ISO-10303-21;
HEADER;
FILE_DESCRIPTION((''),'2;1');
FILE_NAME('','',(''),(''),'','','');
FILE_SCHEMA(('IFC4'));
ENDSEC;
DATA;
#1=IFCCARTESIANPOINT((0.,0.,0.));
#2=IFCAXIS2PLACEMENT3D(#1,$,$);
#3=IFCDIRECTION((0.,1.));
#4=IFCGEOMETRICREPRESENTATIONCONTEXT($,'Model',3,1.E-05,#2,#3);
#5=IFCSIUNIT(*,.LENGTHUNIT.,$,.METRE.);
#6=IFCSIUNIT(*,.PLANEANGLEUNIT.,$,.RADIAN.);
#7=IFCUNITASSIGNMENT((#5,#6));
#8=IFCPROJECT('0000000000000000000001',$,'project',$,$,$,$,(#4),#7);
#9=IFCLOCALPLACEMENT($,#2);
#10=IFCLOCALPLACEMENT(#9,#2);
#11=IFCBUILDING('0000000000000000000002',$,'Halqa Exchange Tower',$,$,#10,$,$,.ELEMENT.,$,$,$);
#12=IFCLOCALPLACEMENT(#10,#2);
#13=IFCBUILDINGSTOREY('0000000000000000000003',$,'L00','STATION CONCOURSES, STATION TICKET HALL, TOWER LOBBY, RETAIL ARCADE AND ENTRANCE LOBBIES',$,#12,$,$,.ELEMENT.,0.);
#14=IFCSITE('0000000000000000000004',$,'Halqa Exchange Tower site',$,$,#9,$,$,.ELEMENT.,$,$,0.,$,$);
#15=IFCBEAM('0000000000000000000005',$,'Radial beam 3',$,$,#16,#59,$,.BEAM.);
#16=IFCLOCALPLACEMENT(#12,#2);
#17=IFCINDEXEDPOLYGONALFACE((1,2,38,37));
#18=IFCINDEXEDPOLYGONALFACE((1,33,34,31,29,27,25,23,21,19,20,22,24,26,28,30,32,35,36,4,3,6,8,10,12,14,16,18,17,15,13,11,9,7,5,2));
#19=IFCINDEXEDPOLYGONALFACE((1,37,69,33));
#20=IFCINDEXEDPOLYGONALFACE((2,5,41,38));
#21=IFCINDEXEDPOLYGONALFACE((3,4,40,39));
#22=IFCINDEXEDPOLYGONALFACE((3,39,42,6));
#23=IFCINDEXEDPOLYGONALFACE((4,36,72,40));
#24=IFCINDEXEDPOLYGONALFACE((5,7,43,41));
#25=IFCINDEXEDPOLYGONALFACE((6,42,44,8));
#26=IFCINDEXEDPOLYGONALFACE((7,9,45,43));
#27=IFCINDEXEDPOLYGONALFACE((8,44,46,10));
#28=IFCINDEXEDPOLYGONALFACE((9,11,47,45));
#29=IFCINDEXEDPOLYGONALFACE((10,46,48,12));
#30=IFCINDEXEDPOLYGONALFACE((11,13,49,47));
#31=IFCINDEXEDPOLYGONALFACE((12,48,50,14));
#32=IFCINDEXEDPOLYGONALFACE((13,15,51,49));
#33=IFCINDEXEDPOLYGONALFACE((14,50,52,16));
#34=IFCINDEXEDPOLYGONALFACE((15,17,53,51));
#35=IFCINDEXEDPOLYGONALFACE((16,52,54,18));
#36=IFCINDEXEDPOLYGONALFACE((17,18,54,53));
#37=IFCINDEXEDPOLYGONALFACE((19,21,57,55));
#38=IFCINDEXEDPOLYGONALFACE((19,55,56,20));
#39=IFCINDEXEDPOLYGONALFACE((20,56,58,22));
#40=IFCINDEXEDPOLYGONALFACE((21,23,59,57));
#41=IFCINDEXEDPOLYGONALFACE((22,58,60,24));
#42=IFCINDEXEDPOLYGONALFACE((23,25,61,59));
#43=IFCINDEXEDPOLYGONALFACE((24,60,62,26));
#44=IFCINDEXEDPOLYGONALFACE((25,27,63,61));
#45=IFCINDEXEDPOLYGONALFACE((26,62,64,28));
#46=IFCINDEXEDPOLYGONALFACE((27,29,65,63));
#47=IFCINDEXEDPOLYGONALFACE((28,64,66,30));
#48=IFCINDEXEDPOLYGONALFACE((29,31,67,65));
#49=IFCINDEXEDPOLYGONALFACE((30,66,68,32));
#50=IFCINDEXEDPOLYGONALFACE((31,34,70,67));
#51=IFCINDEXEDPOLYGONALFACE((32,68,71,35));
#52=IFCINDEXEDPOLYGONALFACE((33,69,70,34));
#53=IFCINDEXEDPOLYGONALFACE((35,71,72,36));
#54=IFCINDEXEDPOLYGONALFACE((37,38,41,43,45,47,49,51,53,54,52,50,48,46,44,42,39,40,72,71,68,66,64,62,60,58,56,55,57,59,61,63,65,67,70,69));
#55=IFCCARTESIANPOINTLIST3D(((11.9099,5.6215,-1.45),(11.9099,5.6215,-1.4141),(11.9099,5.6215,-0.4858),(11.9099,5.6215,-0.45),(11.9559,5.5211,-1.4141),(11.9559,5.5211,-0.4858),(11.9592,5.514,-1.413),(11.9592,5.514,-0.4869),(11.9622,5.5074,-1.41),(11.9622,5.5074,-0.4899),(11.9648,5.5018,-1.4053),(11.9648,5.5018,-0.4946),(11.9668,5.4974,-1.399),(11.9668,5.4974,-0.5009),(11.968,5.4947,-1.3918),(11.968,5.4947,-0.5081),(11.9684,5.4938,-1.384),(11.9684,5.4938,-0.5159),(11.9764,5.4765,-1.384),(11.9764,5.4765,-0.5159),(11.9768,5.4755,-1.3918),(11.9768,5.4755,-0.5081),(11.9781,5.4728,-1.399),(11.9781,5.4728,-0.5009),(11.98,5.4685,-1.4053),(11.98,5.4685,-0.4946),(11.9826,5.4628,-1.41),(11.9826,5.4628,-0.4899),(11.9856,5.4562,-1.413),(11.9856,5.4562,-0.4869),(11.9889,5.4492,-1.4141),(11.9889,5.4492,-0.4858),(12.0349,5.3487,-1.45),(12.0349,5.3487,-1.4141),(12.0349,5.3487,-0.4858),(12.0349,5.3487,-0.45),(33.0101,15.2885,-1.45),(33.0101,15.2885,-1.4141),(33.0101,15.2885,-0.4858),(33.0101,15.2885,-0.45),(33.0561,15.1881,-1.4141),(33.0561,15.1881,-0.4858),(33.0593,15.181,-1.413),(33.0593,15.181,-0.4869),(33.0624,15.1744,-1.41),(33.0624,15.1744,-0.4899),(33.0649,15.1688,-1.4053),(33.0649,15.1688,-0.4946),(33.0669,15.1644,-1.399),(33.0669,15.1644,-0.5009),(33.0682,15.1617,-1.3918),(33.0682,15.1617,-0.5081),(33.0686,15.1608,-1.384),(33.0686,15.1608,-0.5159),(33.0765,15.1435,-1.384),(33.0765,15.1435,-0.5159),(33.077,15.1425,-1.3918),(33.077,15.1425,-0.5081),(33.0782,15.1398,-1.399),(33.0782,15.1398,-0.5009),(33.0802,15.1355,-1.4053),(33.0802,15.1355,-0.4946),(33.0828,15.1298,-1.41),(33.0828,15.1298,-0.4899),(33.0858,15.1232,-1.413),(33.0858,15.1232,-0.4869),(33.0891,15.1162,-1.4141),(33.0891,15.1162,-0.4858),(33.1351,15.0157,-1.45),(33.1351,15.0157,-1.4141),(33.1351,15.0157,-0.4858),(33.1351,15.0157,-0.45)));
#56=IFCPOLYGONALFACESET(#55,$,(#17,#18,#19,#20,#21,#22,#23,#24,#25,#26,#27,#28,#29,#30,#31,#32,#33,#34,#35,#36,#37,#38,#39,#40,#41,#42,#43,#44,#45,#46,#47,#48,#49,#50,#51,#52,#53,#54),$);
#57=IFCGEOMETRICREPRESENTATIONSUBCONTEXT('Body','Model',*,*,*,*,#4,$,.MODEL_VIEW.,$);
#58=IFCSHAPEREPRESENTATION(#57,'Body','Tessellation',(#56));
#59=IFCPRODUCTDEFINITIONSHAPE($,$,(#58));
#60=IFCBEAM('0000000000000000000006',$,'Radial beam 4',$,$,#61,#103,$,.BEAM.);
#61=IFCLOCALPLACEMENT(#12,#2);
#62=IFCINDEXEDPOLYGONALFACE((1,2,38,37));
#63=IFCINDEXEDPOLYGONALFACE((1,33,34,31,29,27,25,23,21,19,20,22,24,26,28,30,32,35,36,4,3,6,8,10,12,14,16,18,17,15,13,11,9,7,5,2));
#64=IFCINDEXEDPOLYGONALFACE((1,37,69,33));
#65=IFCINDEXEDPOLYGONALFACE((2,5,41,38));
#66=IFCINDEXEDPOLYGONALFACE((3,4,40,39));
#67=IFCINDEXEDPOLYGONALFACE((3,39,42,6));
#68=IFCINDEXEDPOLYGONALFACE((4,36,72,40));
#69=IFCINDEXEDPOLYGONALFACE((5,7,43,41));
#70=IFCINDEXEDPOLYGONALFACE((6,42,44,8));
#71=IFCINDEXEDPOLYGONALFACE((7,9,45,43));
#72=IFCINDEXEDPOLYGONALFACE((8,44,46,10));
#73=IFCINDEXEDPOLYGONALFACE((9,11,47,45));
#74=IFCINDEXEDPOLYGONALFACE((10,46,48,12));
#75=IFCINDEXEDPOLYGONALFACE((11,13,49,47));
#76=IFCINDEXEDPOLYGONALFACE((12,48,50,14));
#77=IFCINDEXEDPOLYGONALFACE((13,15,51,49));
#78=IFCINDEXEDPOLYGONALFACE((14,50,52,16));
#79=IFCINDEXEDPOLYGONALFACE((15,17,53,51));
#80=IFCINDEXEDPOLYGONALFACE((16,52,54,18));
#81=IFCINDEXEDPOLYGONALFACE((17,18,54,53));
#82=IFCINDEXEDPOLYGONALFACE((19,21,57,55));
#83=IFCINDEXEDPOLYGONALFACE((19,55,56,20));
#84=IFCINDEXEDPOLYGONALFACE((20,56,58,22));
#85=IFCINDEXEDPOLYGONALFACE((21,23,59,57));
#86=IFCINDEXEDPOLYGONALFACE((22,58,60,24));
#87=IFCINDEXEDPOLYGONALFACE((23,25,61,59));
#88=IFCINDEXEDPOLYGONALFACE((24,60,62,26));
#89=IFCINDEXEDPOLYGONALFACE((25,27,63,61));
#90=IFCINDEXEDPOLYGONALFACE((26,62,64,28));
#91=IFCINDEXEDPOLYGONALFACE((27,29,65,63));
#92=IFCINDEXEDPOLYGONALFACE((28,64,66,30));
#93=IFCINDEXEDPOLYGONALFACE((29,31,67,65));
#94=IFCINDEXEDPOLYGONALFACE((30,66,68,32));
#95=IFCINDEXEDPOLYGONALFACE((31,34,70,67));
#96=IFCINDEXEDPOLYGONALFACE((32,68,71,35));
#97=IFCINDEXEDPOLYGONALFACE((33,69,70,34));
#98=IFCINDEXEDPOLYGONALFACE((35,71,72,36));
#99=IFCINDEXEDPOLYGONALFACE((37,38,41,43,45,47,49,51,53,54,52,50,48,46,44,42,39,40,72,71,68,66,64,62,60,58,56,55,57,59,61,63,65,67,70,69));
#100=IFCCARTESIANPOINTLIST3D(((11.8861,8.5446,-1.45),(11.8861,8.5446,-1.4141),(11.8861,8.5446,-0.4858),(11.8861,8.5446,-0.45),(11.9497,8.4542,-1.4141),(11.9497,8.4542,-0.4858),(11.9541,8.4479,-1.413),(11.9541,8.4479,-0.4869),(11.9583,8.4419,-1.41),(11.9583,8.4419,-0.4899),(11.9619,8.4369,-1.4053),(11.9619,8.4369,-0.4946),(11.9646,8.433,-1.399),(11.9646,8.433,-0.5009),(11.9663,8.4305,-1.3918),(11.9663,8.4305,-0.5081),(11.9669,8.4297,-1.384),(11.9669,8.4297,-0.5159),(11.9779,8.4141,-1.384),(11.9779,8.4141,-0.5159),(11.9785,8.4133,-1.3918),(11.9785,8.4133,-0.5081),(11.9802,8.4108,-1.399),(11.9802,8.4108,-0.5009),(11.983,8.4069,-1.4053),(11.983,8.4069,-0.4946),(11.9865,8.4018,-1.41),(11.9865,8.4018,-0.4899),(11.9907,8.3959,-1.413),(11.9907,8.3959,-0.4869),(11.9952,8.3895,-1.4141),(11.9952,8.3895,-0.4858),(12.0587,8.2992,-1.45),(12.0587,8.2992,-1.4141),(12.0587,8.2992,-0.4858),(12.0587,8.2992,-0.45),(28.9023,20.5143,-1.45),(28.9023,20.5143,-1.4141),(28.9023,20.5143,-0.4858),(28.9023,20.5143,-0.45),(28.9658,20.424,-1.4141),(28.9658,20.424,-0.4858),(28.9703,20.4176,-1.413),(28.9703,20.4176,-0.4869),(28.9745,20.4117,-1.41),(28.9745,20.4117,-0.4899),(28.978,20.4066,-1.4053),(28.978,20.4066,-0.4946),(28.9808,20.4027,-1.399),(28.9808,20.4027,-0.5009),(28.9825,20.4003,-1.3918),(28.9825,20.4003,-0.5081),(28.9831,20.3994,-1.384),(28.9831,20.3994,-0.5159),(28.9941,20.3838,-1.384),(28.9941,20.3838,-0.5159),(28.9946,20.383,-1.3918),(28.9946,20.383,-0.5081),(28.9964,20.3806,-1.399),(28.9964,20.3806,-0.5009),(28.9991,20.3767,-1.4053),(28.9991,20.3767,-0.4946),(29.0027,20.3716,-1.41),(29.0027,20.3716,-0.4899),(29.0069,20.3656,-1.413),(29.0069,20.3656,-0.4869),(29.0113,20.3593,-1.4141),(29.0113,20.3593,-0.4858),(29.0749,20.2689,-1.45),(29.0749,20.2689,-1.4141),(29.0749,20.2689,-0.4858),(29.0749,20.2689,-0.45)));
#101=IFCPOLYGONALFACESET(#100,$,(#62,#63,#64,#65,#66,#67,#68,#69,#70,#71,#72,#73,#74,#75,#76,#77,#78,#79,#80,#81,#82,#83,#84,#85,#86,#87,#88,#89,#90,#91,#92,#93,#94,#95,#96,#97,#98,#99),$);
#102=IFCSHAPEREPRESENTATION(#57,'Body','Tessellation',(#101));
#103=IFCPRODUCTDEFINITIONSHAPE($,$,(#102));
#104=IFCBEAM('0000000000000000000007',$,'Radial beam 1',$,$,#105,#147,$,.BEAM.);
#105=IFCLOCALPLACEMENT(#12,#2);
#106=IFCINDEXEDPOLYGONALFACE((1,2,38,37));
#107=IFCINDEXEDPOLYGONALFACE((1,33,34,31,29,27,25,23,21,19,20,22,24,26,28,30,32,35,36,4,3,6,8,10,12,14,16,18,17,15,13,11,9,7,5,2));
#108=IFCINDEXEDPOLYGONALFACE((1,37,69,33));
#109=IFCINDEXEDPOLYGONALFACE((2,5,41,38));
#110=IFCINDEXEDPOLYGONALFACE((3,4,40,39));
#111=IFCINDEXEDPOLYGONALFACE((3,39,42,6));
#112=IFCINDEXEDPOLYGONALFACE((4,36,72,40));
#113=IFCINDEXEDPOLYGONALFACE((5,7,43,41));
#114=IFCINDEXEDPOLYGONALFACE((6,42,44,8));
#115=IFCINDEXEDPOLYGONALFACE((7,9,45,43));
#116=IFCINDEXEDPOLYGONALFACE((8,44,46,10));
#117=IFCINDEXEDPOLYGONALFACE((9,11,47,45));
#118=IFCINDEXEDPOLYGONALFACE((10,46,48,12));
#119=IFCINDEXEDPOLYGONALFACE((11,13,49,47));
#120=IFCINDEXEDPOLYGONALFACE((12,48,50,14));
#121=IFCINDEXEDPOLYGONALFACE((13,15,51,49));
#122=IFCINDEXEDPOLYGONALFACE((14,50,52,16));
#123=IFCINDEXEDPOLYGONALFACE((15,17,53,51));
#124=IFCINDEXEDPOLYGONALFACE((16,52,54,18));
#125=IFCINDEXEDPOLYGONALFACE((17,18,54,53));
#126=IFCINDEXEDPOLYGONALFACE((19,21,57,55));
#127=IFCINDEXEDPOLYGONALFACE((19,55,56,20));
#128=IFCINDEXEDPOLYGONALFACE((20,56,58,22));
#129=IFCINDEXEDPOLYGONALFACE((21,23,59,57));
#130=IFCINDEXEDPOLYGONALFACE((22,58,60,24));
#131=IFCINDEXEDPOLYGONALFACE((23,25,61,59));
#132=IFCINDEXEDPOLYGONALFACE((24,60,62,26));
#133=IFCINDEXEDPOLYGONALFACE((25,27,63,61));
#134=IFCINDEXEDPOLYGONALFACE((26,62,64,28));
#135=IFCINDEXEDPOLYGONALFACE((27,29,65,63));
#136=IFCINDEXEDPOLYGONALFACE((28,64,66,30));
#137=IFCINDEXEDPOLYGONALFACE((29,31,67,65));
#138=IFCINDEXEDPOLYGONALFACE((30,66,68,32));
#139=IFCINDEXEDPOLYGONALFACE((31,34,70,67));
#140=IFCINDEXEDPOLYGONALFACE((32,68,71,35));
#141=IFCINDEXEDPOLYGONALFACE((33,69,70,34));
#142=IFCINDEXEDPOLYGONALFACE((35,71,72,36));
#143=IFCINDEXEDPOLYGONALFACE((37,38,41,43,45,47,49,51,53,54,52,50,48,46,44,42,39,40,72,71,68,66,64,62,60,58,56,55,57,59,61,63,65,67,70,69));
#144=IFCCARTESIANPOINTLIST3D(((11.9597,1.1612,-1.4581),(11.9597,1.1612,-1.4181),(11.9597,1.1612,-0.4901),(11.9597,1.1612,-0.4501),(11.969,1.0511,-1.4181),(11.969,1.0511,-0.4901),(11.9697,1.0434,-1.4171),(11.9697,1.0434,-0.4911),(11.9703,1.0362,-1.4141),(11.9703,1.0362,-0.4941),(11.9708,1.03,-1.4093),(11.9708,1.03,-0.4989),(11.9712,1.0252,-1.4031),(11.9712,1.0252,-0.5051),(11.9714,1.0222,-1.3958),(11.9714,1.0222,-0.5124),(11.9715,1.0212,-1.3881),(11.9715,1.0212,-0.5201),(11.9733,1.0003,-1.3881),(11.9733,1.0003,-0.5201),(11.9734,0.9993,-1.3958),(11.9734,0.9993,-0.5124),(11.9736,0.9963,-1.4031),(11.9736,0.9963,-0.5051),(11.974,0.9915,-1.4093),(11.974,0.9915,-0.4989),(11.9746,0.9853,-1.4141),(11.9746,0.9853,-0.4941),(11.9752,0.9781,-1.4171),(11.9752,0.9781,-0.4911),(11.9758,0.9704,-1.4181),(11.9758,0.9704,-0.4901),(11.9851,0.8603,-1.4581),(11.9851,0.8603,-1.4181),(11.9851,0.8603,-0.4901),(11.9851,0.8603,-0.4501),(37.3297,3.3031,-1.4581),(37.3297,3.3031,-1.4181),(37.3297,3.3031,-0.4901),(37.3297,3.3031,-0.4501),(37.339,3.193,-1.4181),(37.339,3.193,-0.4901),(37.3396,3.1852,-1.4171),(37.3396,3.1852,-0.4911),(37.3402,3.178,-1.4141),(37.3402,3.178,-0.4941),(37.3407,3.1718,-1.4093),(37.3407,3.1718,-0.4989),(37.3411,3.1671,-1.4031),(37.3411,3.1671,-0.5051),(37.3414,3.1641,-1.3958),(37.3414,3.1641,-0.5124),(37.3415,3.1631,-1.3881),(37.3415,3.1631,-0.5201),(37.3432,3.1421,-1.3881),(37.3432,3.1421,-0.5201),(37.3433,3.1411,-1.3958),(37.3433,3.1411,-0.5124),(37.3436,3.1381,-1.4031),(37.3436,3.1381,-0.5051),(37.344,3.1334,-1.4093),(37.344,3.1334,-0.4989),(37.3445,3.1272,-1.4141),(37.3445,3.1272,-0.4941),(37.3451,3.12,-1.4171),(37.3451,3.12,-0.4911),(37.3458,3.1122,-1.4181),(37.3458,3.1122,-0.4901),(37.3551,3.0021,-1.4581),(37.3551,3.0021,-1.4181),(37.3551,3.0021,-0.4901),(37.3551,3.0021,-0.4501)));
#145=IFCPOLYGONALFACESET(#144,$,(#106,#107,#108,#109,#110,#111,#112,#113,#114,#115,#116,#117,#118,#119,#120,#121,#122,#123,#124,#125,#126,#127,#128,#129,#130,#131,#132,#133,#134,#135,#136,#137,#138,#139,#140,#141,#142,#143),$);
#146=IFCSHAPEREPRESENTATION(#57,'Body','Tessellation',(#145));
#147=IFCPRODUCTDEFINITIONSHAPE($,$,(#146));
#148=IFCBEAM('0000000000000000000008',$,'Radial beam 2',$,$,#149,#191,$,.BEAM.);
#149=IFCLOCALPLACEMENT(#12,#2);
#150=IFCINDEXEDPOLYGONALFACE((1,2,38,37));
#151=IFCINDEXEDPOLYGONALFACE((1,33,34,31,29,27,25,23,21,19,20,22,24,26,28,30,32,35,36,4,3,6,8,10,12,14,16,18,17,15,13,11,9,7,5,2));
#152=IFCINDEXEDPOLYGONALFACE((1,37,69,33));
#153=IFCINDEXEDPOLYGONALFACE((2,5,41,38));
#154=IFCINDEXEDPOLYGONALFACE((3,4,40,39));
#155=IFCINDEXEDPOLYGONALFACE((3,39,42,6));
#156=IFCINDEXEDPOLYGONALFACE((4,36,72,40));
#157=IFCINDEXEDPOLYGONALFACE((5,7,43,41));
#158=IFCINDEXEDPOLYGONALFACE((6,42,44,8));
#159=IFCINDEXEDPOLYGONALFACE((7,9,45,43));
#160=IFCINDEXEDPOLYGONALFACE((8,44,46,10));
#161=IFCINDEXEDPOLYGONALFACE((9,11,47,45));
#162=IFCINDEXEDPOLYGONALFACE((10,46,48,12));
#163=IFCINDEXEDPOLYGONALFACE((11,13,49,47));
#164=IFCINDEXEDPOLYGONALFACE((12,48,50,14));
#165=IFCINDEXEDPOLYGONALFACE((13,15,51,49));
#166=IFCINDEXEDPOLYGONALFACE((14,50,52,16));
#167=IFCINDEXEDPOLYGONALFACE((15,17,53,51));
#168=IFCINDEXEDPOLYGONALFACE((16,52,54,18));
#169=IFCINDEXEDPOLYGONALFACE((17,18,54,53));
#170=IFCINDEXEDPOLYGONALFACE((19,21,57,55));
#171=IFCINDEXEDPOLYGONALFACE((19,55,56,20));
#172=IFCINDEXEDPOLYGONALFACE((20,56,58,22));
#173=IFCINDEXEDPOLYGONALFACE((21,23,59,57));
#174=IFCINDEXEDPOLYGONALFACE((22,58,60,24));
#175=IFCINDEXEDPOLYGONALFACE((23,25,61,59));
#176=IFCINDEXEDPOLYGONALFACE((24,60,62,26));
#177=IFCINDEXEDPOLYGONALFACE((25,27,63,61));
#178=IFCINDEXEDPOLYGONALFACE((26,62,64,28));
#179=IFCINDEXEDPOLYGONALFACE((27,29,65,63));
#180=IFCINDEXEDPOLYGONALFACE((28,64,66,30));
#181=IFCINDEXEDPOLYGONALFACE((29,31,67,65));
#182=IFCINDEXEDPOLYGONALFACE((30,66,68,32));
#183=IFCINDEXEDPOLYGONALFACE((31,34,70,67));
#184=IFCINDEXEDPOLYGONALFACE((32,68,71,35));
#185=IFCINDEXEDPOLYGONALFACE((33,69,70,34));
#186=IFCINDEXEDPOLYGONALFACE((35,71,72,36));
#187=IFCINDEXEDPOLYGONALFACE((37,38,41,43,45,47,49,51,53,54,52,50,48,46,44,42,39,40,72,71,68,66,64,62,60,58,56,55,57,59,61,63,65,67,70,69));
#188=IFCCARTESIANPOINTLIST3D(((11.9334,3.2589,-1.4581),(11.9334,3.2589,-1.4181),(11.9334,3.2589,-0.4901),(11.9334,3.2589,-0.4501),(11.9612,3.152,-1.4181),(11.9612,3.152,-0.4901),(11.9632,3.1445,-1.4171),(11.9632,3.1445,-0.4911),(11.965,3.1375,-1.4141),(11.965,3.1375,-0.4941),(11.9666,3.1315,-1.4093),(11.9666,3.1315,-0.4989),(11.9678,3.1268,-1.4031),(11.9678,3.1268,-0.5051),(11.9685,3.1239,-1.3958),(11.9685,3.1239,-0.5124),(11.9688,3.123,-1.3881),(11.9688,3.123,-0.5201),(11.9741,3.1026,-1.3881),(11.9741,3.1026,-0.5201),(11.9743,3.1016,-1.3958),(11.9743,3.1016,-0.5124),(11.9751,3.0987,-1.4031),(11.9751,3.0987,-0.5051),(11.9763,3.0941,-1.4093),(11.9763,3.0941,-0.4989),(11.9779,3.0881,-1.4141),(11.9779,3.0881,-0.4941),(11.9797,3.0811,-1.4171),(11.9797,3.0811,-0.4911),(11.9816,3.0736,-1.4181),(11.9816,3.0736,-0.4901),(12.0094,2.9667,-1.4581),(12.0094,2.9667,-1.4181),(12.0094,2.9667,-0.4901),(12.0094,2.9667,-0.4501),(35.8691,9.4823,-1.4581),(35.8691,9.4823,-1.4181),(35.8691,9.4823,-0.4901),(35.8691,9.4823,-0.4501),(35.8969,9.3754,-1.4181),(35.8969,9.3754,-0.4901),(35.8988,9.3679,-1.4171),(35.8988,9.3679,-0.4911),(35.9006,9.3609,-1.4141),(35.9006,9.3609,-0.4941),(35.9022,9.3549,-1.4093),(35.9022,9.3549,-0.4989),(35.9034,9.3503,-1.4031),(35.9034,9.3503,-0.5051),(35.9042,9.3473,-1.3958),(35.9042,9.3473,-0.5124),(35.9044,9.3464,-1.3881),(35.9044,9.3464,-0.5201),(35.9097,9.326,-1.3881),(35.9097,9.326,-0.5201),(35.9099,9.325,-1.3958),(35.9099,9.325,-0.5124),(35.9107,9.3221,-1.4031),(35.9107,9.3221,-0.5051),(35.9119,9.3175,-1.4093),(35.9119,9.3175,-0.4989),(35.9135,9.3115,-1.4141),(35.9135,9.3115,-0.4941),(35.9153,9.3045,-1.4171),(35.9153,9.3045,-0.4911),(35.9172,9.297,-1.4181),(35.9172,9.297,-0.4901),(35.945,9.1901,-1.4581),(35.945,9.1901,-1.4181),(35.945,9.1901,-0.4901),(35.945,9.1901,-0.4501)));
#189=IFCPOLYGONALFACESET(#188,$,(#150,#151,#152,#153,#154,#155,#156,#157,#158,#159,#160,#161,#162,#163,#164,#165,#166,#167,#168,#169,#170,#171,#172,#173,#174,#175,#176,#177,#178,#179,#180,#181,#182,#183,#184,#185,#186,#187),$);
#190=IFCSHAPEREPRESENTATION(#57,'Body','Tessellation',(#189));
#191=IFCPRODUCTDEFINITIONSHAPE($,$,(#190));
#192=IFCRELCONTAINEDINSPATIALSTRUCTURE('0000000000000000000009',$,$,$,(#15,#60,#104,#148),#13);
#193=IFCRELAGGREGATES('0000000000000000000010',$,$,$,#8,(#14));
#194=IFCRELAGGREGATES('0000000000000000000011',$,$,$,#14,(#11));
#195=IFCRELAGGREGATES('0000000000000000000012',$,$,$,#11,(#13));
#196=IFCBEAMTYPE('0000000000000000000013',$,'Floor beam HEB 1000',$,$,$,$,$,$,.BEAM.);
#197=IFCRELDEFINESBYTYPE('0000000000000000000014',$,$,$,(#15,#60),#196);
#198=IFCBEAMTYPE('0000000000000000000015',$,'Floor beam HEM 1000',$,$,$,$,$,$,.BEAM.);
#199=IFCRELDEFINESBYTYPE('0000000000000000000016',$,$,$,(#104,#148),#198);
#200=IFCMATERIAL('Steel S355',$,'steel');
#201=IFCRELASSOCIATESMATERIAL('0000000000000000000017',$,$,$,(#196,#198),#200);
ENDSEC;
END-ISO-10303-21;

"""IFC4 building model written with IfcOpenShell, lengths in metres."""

from ifc_helpers import new_model, si_unit, direction, frame, origin, origin_2d, place, context, subcontext, project, spatial, i_section, extrude, material, material_profile, profile_set, type_object, element, save


model = new_model("IFC4")

# Units and contexts
model_context = context("Model", 3, precision=1e-05, world=origin(), true_north=direction((0.0, 1.0)))
body_context = subcontext(model_context, "Body", "Model", "MODEL_VIEW")
ifc_project = project(units=[si_unit("LENGTHUNIT", "METRE"), si_unit("PLANEANGLEUNIT", "RADIAN")], contexts=[model_context])

# Site, building, storey
site_placement = place(None, origin())
site = spatial("IfcSite", under=ifc_project, at=site_placement, Name="Halqa Exchange Tower site", CompositionType="ELEMENT", RefElevation=0.0)
building_placement = place(site_placement, origin())
building = spatial("IfcBuilding", under=site, at=building_placement, Name="Halqa Exchange Tower", CompositionType="ELEMENT")
storey_placement = place(building_placement, origin())
storey = spatial("IfcBuildingStorey", under=building, at=storey_placement, Name="L00", Description="STATION CONCOURSES, STATION TICKET HALL, TOWER LOBBY, RETAIL ARCADE AND ENTRANCE LOBBIES", CompositionType="ELEMENT", Elevation=0.0)

# Beams
ifc_material_1 = material(Name="Steel S355", Category="steel")
ifc_material_profile_1 = material_profile(ifc_material_1, i_section(OverallWidth=0.3, OverallDepth=1.0, WebThickness=0.019, FlangeThickness=0.0359, FilletRadius=0.03, at=origin_2d()), Name="HEB 1000")
ifc_profile_set_1 = profile_set([ifc_material_profile_1], Name="Steel S355")
beam_type_1 = type_object("IfcBeamType", Name="Floor beam HEB 1000", PredefinedType="BEAM", material=ifc_profile_set_1)
beam_1_placement = place(storey_placement, frame((11.9724, 5.4851, -0.95), z_axis=(0.909128, 0.416516, 0.0), x_axis=(-0.416516, 0.909128, 0.0)))
element("IfcBeam", 1, at=beam_1_placement, inside=storey, type_object=beam_type_1, Name="Radial beam 3", PredefinedType="BEAM", context=body_context, shape_type="SweptSolid", body=[
    extrude(i_section(OverallWidth=0.3, OverallDepth=1.0, WebThickness=0.019, FlangeThickness=0.0359, FilletRadius=0.03, at=origin_2d()), origin(), (0.0, 0.0, 1.0), 23.2092),
])
beam_2_placement = place(storey_placement, frame((11.9724, 8.4219, -0.95), z_axis=(0.81791, 0.575346, 0.0), x_axis=(-0.575346, 0.81791, 0.0)))
element("IfcBeam", 2, at=beam_2_placement, inside=storey, type_object=beam_type_1, Name="Radial beam 4", PredefinedType="BEAM", context=body_context, shape_type="SweptSolid", body=[
    extrude(i_section(OverallWidth=0.3, OverallDepth=1.0, WebThickness=0.019, FlangeThickness=0.0359, FilletRadius=0.03, at=origin_2d()), origin(), (0.0, 0.0, 1.0), 20.8044),
])
ifc_material_profile_2 = material_profile(ifc_material_1, i_section(OverallWidth=0.302, OverallDepth=1.0081, WebThickness=0.021, FlangeThickness=0.04, FilletRadius=0.03, at=origin_2d()), Name="HEM 1000")
ifc_profile_set_2 = profile_set([ifc_material_profile_2], Name="Steel S355")
beam_type_2 = type_object("IfcBeamType", Name="Floor beam HEM 1000", PredefinedType="BEAM", material=ifc_profile_set_2)
beam_3_placement = place(storey_placement, frame((11.9724, 1.0107, -0.9541), z_axis=(0.996455, 0.084125, 0.0), x_axis=(-0.084125, 0.996455, 0.0)))
element("IfcBeam", 3, at=beam_3_placement, inside=storey, type_object=beam_type_2, Name="Radial beam 1", PredefinedType="BEAM", context=body_context, shape_type="SweptSolid", body=[
    extrude(i_section(OverallWidth=0.302, OverallDepth=1.0081, WebThickness=0.021, FlangeThickness=0.04, FilletRadius=0.03, at=origin_2d()), origin(), (0.0, 0.0, 1.0), 25.4602),
])
beam_4_placement = place(storey_placement, frame((11.9714, 3.1128, -0.9541), z_axis=(0.967821, 0.251639, 0.0), x_axis=(-0.251639, 0.967821, 0.0)))
element("IfcBeam", 4, at=beam_4_placement, inside=storey, type_object=beam_type_2, Name="Radial beam 2", PredefinedType="BEAM", context=body_context, shape_type="SweptSolid", body=[
    extrude(i_section(OverallWidth=0.302, OverallDepth=1.0081, WebThickness=0.021, FlangeThickness=0.04, FilletRadius=0.03, at=origin_2d()), origin(), (0.0, 0.0, 1.0), 24.7314),
])

save(model, "model.ifc")
